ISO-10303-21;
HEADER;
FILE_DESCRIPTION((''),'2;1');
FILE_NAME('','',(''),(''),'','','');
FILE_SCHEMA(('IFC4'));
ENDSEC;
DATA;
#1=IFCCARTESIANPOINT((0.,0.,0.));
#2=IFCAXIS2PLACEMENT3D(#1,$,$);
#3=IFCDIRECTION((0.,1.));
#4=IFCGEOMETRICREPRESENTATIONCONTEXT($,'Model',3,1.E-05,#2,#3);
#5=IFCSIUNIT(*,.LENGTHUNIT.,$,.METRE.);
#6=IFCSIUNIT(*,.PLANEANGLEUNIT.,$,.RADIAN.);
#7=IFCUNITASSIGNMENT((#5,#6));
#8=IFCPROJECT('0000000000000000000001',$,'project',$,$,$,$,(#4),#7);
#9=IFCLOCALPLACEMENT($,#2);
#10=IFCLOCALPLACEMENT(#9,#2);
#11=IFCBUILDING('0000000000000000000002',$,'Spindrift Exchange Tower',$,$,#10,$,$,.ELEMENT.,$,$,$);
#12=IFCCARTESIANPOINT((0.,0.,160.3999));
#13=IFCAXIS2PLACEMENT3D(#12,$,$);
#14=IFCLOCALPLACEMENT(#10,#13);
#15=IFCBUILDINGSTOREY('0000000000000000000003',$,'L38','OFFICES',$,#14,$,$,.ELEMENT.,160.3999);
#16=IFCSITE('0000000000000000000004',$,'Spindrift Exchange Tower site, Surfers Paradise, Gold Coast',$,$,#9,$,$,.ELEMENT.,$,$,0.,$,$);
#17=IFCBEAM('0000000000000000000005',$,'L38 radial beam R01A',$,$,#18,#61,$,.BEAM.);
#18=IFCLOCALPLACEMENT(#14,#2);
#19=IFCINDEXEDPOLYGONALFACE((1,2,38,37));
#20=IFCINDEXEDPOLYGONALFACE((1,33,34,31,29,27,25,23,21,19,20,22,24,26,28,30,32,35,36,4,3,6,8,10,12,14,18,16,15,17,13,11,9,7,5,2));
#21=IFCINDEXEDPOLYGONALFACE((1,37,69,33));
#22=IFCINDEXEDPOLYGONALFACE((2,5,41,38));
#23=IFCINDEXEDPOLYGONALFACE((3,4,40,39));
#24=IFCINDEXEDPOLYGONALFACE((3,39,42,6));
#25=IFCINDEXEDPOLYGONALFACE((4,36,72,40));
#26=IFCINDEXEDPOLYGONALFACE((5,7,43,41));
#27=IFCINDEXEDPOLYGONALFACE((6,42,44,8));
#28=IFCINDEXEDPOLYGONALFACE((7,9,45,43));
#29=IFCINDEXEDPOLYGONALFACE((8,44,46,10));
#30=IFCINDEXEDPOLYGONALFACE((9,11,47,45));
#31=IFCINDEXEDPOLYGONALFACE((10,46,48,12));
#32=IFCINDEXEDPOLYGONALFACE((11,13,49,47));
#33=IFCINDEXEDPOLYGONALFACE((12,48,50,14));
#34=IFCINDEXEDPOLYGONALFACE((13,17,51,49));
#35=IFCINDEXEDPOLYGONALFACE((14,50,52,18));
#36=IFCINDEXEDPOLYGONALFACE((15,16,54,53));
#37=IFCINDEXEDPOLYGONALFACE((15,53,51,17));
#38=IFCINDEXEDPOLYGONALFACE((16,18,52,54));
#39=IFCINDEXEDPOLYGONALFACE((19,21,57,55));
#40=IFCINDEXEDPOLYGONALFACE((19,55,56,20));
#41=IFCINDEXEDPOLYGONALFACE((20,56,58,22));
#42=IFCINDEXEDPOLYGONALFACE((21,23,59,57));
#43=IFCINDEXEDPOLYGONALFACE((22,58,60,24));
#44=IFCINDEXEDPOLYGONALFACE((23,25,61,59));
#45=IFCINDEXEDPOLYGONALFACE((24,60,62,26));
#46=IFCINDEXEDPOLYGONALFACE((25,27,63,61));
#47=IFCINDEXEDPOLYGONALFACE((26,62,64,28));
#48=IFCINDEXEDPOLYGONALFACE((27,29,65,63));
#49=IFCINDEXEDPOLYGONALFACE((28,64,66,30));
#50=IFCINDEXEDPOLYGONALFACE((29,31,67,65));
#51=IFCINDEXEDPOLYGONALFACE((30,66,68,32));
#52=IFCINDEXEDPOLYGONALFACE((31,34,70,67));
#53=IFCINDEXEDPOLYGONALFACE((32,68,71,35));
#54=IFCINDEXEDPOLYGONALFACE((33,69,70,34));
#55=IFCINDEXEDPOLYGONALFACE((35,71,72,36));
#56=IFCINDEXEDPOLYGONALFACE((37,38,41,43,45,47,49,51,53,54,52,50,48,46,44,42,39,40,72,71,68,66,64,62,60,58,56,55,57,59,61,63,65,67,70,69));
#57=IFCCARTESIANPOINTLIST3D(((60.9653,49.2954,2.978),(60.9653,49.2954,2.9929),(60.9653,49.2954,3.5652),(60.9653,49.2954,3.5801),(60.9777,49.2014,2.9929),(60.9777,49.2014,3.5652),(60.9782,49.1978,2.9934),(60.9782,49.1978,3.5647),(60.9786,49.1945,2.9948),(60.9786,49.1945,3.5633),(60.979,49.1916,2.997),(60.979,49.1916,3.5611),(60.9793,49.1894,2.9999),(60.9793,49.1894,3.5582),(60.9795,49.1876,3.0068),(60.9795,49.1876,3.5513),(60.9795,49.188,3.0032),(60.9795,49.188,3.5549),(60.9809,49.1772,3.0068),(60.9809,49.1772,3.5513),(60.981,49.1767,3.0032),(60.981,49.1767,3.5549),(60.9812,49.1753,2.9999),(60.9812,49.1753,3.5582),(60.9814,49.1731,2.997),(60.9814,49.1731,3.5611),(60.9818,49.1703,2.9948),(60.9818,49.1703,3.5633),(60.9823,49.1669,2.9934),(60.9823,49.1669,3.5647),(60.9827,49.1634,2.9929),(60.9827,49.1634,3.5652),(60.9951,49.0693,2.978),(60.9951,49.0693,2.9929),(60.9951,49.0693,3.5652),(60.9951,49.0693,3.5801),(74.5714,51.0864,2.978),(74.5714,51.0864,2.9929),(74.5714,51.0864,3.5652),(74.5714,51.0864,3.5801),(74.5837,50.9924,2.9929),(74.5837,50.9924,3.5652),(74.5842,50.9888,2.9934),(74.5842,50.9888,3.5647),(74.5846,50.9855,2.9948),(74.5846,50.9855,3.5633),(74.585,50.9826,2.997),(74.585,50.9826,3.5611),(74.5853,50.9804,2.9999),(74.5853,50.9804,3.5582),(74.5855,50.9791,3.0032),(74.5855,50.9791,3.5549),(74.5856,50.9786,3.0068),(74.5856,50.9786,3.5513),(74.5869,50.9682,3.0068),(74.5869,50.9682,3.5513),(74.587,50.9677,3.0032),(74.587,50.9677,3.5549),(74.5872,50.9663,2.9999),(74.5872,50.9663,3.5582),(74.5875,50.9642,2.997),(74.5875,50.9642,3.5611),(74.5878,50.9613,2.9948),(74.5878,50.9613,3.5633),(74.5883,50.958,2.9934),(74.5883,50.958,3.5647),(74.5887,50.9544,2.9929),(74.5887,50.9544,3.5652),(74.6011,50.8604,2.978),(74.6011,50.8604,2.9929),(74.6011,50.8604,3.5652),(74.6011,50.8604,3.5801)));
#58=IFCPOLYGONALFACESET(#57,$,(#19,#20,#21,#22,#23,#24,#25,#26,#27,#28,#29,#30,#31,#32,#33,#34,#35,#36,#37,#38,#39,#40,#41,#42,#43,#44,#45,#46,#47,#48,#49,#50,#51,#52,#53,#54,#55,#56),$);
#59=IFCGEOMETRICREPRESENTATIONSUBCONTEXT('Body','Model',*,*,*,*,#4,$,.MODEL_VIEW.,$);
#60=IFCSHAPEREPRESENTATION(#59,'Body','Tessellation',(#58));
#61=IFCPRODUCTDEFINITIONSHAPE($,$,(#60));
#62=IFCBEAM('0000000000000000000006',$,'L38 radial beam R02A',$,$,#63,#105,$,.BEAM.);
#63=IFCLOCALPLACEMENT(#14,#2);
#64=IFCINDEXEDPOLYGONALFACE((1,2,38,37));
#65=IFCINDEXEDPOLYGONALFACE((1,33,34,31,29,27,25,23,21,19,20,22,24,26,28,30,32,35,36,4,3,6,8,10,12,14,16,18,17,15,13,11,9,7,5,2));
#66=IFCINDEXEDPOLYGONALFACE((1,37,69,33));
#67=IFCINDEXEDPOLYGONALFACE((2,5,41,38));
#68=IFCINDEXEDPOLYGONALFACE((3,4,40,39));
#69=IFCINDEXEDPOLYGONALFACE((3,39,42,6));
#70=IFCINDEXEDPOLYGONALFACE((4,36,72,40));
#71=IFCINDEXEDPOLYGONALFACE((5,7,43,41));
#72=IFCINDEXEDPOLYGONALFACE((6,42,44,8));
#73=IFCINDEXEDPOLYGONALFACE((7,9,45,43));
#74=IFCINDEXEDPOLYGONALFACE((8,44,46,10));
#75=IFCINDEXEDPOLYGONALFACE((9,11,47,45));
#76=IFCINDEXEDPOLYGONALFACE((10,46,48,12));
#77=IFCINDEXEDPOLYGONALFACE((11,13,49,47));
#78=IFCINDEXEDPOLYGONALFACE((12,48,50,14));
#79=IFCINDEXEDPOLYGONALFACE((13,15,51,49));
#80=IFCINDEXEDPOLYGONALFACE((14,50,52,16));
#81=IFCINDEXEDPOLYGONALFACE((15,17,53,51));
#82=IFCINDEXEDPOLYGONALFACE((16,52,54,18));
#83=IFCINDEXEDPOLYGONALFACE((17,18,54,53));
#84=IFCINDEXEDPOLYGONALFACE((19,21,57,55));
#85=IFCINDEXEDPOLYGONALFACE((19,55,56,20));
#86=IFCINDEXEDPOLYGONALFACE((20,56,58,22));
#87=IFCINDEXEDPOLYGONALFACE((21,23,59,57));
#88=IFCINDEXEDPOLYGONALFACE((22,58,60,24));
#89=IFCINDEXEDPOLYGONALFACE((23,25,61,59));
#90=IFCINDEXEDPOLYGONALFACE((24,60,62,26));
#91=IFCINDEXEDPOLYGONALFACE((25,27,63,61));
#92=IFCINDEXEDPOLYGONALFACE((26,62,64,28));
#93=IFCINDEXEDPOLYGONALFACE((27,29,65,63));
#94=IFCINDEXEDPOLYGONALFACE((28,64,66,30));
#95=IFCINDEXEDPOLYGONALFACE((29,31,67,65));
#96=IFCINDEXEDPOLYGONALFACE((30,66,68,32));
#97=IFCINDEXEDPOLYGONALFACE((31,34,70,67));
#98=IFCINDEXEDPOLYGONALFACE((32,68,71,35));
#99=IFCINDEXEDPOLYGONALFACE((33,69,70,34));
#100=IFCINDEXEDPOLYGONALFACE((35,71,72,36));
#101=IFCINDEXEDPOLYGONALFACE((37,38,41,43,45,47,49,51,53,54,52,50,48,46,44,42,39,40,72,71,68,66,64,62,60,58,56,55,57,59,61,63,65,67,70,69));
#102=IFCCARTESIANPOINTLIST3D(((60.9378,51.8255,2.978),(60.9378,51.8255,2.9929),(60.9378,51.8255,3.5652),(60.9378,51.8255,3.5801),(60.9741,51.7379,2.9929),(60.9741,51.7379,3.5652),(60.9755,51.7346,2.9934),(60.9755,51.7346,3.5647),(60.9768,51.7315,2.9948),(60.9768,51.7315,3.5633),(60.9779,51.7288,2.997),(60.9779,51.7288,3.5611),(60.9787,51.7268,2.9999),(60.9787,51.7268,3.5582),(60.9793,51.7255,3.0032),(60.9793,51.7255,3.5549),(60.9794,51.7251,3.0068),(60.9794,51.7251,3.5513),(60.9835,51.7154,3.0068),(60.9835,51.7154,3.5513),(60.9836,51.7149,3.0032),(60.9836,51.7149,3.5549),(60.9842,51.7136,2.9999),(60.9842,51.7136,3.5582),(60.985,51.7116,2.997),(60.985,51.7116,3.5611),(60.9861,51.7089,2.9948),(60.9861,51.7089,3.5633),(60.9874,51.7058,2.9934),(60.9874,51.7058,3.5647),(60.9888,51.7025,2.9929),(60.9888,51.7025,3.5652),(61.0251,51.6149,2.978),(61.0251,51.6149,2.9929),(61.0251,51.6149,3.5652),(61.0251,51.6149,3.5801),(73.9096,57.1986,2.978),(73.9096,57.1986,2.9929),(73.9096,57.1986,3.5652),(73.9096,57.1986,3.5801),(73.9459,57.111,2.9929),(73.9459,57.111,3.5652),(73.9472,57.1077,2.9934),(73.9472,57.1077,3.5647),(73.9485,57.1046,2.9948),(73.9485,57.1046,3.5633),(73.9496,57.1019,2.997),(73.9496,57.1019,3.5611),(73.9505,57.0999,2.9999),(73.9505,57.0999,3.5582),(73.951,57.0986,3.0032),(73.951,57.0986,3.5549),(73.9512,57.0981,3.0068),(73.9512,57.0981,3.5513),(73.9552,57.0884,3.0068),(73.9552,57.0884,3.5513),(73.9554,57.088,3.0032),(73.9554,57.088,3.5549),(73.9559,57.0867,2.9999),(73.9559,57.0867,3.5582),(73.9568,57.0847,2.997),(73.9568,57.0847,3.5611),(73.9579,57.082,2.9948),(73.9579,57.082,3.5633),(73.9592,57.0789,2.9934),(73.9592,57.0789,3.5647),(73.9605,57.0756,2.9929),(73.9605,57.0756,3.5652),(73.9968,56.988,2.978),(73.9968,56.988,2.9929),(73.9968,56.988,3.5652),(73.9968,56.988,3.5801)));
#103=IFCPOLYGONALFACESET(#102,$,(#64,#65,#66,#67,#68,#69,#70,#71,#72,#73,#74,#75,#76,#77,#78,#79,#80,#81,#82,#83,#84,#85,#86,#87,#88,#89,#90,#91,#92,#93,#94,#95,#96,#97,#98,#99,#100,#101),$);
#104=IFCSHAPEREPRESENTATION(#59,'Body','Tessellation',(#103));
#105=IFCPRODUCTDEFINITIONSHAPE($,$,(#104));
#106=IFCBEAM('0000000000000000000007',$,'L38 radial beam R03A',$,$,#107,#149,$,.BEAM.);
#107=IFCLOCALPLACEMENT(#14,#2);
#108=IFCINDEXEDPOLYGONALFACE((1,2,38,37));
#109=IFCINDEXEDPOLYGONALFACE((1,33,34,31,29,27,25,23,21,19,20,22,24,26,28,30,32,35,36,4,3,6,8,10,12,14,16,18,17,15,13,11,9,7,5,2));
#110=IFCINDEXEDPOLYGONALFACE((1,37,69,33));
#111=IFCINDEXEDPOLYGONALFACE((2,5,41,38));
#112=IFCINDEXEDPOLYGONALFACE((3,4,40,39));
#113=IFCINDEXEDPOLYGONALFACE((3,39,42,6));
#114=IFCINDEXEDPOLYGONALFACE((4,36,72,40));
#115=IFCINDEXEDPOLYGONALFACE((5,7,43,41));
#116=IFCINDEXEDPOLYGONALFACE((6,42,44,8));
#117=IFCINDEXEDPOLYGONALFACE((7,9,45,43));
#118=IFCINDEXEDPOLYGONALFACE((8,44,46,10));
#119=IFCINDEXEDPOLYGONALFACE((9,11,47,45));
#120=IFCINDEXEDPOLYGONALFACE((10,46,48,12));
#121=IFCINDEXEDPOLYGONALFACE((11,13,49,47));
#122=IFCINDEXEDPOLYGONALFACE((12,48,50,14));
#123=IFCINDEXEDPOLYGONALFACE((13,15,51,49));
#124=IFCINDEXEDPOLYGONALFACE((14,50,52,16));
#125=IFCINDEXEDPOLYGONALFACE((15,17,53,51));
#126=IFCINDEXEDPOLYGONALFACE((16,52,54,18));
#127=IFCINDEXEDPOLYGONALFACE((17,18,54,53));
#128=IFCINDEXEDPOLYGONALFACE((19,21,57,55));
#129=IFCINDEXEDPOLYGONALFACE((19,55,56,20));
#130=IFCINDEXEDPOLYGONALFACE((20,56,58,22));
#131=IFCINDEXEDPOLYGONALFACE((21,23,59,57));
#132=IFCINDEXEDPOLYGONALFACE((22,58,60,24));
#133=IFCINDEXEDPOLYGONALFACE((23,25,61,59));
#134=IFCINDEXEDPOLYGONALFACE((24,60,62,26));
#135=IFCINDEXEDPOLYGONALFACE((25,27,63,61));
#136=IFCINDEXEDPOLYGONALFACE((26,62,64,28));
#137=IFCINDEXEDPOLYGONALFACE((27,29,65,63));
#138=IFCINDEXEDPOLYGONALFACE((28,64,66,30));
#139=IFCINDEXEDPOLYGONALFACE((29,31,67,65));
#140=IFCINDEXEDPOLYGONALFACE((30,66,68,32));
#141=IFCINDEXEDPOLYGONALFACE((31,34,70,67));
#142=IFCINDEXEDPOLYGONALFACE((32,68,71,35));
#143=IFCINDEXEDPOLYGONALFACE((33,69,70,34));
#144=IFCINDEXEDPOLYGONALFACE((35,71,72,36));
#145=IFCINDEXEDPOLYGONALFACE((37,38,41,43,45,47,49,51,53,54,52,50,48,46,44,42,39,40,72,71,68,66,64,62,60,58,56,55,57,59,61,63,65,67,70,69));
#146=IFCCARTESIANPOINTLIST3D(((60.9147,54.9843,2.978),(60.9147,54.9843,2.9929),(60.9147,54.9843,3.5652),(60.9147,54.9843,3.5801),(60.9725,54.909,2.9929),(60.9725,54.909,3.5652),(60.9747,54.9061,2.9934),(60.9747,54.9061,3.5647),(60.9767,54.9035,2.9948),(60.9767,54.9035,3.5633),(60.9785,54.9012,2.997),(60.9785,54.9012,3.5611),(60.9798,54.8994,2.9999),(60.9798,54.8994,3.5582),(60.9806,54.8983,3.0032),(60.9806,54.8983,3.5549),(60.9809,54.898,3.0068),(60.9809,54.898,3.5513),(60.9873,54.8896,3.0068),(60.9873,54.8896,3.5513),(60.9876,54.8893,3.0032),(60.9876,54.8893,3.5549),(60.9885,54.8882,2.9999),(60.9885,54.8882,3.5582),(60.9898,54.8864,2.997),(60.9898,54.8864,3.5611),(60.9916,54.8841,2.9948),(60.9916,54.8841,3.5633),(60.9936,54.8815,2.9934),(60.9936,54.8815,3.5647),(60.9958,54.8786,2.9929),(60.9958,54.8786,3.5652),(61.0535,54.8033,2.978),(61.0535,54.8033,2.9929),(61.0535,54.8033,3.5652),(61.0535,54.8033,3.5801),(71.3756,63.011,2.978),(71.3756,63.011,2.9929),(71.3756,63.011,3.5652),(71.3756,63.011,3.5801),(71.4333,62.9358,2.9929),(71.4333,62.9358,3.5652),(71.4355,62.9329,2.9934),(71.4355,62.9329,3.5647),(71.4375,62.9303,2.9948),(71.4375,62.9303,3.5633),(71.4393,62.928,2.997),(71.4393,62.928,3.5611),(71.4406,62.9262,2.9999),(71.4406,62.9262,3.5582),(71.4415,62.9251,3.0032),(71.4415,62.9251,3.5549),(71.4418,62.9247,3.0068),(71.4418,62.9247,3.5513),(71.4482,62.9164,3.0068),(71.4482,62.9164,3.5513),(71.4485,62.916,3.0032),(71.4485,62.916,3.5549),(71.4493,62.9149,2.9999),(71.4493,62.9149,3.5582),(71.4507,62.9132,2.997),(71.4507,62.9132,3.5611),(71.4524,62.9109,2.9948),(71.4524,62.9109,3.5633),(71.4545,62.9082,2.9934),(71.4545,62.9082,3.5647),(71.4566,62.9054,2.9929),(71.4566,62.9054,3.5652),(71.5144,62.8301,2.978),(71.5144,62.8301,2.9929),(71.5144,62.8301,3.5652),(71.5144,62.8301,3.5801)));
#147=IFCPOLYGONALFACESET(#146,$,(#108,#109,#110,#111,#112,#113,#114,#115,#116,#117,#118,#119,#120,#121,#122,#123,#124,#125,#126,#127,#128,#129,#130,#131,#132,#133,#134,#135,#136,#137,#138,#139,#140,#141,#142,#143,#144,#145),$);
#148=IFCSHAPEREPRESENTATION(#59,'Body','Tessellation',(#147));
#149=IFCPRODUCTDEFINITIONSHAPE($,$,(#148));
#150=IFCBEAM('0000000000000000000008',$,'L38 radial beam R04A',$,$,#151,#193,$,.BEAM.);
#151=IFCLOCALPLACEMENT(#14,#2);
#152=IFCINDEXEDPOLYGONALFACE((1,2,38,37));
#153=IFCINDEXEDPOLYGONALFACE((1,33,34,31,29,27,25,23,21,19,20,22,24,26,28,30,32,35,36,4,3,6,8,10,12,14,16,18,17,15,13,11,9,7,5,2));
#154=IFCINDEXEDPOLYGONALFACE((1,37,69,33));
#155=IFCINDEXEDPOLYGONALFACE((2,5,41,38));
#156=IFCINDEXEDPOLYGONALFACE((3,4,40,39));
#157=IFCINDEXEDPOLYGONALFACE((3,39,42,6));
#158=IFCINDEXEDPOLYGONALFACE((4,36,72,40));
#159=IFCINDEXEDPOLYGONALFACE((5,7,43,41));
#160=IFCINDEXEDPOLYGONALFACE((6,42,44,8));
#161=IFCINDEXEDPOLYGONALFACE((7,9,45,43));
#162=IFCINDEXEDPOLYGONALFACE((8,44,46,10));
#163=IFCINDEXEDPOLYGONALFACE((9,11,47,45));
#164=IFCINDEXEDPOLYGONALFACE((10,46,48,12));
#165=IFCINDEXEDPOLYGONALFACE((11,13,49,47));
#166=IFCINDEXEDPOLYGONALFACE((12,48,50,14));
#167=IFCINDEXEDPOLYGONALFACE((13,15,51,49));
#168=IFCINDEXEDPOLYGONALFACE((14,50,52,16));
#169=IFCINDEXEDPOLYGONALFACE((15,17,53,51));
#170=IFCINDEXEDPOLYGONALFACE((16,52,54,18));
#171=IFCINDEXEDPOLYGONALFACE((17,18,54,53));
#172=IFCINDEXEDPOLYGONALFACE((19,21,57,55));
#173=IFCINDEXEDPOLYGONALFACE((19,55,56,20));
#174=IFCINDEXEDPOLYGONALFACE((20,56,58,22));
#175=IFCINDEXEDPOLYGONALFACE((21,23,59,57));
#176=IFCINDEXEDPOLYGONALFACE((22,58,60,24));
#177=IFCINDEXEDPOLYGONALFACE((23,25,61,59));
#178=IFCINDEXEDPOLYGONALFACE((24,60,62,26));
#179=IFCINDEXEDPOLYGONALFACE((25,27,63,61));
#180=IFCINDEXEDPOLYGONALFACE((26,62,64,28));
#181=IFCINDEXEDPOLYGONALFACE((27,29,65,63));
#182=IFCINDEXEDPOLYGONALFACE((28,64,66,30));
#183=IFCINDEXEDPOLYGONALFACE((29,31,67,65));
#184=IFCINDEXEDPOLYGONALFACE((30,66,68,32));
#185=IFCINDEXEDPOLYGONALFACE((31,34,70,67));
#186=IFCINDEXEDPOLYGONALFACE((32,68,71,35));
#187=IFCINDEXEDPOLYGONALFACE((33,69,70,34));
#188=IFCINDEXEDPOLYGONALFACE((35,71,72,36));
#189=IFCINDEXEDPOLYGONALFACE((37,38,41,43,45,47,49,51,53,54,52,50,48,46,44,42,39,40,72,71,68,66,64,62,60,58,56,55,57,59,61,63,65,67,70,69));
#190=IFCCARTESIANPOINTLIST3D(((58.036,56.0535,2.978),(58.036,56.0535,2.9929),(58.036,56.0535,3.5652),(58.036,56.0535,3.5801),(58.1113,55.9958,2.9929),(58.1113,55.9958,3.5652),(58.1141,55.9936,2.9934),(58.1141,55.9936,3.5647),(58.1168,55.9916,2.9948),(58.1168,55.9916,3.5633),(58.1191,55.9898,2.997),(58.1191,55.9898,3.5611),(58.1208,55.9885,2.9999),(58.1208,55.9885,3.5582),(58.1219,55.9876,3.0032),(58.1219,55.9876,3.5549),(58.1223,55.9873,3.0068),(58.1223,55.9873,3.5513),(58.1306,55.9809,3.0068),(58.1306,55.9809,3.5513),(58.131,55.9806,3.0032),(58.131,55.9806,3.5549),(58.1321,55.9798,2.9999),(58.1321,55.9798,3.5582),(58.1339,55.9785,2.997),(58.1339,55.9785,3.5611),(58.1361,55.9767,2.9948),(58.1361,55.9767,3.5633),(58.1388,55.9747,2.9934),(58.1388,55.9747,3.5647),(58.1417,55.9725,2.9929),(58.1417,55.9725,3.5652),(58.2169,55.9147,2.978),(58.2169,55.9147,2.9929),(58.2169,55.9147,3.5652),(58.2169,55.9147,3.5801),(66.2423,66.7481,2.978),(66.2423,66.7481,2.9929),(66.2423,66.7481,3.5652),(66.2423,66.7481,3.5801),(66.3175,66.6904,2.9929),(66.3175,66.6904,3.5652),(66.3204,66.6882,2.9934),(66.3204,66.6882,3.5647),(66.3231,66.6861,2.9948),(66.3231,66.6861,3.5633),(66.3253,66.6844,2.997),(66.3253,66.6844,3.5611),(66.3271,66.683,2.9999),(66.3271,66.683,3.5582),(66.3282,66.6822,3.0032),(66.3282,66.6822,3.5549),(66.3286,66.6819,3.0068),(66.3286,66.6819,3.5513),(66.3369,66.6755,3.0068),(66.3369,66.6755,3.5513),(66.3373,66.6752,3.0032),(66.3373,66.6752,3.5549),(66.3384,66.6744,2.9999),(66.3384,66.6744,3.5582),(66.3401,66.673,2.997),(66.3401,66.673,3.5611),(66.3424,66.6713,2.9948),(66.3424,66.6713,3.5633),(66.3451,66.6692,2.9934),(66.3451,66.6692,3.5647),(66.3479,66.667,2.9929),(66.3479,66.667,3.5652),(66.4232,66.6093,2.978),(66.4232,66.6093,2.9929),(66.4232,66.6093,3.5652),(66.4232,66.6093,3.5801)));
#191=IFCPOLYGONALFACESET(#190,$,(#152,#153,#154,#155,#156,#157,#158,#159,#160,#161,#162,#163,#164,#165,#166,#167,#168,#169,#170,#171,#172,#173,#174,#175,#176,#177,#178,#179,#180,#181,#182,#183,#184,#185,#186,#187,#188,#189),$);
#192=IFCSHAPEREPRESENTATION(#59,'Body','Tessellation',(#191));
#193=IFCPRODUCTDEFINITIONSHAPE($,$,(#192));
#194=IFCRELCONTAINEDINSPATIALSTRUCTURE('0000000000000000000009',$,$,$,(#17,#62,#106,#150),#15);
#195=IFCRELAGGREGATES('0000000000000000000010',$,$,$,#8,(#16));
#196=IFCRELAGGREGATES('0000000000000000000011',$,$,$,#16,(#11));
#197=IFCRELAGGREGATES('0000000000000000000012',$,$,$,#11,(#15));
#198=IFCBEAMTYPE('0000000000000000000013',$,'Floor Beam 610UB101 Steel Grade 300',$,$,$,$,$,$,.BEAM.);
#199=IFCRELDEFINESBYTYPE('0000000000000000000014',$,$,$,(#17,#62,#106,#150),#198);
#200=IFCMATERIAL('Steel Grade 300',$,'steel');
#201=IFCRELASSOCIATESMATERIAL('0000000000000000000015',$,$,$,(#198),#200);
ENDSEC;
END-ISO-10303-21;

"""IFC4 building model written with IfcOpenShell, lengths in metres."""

from ifc_helpers import new_model, si_unit, direction, frame, origin, origin_2d, place, context, subcontext, project, spatial, i_section, extrude, source, transform, mapped, material, material_profile, profile_set, type_object, element, save


model = new_model("IFC4")

# Units and contexts
model_context = context("Model", 3, precision=1e-05, world=origin(), true_north=direction((0.0, 1.0)))
body_context = subcontext(model_context, "Body", "Model", "MODEL_VIEW")
ifc_project = project(units=[si_unit("LENGTHUNIT", "METRE"), si_unit("PLANEANGLEUNIT", "RADIAN")], contexts=[model_context])

# Site, building, storey
site_placement = place(None, origin())
site = spatial("IfcSite", under=ifc_project, at=site_placement, Name="Spindrift Exchange Tower site, Surfers Paradise, Gold Coast", CompositionType="ELEMENT", RefElevation=0.0)
building_placement = place(site_placement, origin())
building = spatial("IfcBuilding", under=site, at=building_placement, Name="Spindrift Exchange Tower", CompositionType="ELEMENT")
storey_placement = place(building_placement, frame((0.0, 0.0, 160.3999)))
storey = spatial("IfcBuildingStorey", under=building, at=storey_placement, Name="L38", Description="OFFICES", CompositionType="ELEMENT", Elevation=160.3999)

# Beams
ifc_material_1 = material(Name="Steel Grade 300", Category="steel")
ifc_material_profile_1 = material_profile(ifc_material_1, i_section(OverallWidth=0.228, OverallDepth=0.6021, WebThickness=0.0105, FlangeThickness=0.0149, FilletRadius=0.0139, at=origin_2d()), Name="610UB101")
ifc_profile_set_1 = profile_set([ifc_material_profile_1], Name="Steel Grade 300")
beam_type_1 = type_object("IfcBeamType", Name="Floor Beam 610UB101 Steel Grade 300", PredefinedType="BEAM", material=ifc_profile_set_1)
shared_shape_1 = source(origin(), body_context, "Body", "SweptSolid", [
    extrude(i_section(OverallWidth=0.228, OverallDepth=0.6021, WebThickness=0.0105, FlangeThickness=0.0149, FilletRadius=0.0139, at=origin_2d()), origin(), (0.0, 0.0, 1.0), 13.7234),
])
beam_1_placement = place(storey_placement, frame((60.9802, 49.1824, 3.2791), z_axis=(0.991447, 0.130509, 0.0), x_axis=(-0.130509, 0.991447, 0.0)))
element("IfcBeam", 1, at=beam_1_placement, inside=storey, type_object=beam_type_1, Name="L38 radial beam R01A", PredefinedType="BEAM", context=body_context, shape_type="MappedRepresentation", body=[
    mapped(shared_shape_1, transform((0.0, 0.0, 0.0), scale=1.0)),
])
shared_shape_2 = source(origin(), body_context, "Body", "SweptSolid", [
    extrude(i_section(OverallWidth=0.228, OverallDepth=0.6021, WebThickness=0.0105, FlangeThickness=0.0149, FilletRadius=0.0139, at=origin_2d()), origin(), (0.0, 0.0, 1.0), 14.0405),
])
beam_2_placement = place(storey_placement, frame((60.9814, 51.7202, 3.2791), z_axis=(0.92388, 0.382684, 0.0), x_axis=(-0.382684, 0.92388, 0.0)))
element("IfcBeam", 2, at=beam_2_placement, inside=storey, type_object=beam_type_1, Name="L38 radial beam R02A", PredefinedType="BEAM", context=body_context, shape_type="MappedRepresentation", body=[
    mapped(shared_shape_2, transform((0.0, 0.0, 0.0), scale=1.0)),
])
shared_shape_3 = source(origin(), body_context, "Body", "SweptSolid", [
    extrude(i_section(OverallWidth=0.228, OverallDepth=0.6021, WebThickness=0.0105, FlangeThickness=0.0149, FilletRadius=0.0139, at=origin_2d()), origin(), (0.0, 0.0, 1.0), 13.1855),
])
beam_3_placement = place(storey_placement, frame((60.9841, 54.8938, 3.2791), z_axis=(0.793357, 0.608756, 0.0), x_axis=(-0.608756, 0.793357, 0.0)))
element("IfcBeam", 3, at=beam_3_placement, inside=storey, type_object=beam_type_1, Name="L38 radial beam R03A", PredefinedType="BEAM", context=body_context, shape_type="MappedRepresentation", body=[
    mapped(shared_shape_3, transform((0.0, 0.0, 0.0), scale=1.0)),
])
shared_shape_4 = source(origin(), body_context, "Body", "SweptSolid", [
    extrude(i_section(OverallWidth=0.228, OverallDepth=0.6021, WebThickness=0.0105, FlangeThickness=0.0149, FilletRadius=0.0139, at=origin_2d()), origin(), (0.0, 0.0, 1.0), 13.4802),
])
beam_4_placement = place(storey_placement, frame((58.1265, 55.9841, 3.2791), z_axis=(0.608764, 0.793351, 0.0), x_axis=(-0.793351, 0.608764, 0.0)))
element("IfcBeam", 4, at=beam_4_placement, inside=storey, type_object=beam_type_1, Name="L38 radial beam R04A", PredefinedType="BEAM", context=body_context, shape_type="MappedRepresentation", body=[
    mapped(shared_shape_4, transform((0.0, 0.0, 0.0), scale=1.0)),
])

save(model, "model.ifc")
